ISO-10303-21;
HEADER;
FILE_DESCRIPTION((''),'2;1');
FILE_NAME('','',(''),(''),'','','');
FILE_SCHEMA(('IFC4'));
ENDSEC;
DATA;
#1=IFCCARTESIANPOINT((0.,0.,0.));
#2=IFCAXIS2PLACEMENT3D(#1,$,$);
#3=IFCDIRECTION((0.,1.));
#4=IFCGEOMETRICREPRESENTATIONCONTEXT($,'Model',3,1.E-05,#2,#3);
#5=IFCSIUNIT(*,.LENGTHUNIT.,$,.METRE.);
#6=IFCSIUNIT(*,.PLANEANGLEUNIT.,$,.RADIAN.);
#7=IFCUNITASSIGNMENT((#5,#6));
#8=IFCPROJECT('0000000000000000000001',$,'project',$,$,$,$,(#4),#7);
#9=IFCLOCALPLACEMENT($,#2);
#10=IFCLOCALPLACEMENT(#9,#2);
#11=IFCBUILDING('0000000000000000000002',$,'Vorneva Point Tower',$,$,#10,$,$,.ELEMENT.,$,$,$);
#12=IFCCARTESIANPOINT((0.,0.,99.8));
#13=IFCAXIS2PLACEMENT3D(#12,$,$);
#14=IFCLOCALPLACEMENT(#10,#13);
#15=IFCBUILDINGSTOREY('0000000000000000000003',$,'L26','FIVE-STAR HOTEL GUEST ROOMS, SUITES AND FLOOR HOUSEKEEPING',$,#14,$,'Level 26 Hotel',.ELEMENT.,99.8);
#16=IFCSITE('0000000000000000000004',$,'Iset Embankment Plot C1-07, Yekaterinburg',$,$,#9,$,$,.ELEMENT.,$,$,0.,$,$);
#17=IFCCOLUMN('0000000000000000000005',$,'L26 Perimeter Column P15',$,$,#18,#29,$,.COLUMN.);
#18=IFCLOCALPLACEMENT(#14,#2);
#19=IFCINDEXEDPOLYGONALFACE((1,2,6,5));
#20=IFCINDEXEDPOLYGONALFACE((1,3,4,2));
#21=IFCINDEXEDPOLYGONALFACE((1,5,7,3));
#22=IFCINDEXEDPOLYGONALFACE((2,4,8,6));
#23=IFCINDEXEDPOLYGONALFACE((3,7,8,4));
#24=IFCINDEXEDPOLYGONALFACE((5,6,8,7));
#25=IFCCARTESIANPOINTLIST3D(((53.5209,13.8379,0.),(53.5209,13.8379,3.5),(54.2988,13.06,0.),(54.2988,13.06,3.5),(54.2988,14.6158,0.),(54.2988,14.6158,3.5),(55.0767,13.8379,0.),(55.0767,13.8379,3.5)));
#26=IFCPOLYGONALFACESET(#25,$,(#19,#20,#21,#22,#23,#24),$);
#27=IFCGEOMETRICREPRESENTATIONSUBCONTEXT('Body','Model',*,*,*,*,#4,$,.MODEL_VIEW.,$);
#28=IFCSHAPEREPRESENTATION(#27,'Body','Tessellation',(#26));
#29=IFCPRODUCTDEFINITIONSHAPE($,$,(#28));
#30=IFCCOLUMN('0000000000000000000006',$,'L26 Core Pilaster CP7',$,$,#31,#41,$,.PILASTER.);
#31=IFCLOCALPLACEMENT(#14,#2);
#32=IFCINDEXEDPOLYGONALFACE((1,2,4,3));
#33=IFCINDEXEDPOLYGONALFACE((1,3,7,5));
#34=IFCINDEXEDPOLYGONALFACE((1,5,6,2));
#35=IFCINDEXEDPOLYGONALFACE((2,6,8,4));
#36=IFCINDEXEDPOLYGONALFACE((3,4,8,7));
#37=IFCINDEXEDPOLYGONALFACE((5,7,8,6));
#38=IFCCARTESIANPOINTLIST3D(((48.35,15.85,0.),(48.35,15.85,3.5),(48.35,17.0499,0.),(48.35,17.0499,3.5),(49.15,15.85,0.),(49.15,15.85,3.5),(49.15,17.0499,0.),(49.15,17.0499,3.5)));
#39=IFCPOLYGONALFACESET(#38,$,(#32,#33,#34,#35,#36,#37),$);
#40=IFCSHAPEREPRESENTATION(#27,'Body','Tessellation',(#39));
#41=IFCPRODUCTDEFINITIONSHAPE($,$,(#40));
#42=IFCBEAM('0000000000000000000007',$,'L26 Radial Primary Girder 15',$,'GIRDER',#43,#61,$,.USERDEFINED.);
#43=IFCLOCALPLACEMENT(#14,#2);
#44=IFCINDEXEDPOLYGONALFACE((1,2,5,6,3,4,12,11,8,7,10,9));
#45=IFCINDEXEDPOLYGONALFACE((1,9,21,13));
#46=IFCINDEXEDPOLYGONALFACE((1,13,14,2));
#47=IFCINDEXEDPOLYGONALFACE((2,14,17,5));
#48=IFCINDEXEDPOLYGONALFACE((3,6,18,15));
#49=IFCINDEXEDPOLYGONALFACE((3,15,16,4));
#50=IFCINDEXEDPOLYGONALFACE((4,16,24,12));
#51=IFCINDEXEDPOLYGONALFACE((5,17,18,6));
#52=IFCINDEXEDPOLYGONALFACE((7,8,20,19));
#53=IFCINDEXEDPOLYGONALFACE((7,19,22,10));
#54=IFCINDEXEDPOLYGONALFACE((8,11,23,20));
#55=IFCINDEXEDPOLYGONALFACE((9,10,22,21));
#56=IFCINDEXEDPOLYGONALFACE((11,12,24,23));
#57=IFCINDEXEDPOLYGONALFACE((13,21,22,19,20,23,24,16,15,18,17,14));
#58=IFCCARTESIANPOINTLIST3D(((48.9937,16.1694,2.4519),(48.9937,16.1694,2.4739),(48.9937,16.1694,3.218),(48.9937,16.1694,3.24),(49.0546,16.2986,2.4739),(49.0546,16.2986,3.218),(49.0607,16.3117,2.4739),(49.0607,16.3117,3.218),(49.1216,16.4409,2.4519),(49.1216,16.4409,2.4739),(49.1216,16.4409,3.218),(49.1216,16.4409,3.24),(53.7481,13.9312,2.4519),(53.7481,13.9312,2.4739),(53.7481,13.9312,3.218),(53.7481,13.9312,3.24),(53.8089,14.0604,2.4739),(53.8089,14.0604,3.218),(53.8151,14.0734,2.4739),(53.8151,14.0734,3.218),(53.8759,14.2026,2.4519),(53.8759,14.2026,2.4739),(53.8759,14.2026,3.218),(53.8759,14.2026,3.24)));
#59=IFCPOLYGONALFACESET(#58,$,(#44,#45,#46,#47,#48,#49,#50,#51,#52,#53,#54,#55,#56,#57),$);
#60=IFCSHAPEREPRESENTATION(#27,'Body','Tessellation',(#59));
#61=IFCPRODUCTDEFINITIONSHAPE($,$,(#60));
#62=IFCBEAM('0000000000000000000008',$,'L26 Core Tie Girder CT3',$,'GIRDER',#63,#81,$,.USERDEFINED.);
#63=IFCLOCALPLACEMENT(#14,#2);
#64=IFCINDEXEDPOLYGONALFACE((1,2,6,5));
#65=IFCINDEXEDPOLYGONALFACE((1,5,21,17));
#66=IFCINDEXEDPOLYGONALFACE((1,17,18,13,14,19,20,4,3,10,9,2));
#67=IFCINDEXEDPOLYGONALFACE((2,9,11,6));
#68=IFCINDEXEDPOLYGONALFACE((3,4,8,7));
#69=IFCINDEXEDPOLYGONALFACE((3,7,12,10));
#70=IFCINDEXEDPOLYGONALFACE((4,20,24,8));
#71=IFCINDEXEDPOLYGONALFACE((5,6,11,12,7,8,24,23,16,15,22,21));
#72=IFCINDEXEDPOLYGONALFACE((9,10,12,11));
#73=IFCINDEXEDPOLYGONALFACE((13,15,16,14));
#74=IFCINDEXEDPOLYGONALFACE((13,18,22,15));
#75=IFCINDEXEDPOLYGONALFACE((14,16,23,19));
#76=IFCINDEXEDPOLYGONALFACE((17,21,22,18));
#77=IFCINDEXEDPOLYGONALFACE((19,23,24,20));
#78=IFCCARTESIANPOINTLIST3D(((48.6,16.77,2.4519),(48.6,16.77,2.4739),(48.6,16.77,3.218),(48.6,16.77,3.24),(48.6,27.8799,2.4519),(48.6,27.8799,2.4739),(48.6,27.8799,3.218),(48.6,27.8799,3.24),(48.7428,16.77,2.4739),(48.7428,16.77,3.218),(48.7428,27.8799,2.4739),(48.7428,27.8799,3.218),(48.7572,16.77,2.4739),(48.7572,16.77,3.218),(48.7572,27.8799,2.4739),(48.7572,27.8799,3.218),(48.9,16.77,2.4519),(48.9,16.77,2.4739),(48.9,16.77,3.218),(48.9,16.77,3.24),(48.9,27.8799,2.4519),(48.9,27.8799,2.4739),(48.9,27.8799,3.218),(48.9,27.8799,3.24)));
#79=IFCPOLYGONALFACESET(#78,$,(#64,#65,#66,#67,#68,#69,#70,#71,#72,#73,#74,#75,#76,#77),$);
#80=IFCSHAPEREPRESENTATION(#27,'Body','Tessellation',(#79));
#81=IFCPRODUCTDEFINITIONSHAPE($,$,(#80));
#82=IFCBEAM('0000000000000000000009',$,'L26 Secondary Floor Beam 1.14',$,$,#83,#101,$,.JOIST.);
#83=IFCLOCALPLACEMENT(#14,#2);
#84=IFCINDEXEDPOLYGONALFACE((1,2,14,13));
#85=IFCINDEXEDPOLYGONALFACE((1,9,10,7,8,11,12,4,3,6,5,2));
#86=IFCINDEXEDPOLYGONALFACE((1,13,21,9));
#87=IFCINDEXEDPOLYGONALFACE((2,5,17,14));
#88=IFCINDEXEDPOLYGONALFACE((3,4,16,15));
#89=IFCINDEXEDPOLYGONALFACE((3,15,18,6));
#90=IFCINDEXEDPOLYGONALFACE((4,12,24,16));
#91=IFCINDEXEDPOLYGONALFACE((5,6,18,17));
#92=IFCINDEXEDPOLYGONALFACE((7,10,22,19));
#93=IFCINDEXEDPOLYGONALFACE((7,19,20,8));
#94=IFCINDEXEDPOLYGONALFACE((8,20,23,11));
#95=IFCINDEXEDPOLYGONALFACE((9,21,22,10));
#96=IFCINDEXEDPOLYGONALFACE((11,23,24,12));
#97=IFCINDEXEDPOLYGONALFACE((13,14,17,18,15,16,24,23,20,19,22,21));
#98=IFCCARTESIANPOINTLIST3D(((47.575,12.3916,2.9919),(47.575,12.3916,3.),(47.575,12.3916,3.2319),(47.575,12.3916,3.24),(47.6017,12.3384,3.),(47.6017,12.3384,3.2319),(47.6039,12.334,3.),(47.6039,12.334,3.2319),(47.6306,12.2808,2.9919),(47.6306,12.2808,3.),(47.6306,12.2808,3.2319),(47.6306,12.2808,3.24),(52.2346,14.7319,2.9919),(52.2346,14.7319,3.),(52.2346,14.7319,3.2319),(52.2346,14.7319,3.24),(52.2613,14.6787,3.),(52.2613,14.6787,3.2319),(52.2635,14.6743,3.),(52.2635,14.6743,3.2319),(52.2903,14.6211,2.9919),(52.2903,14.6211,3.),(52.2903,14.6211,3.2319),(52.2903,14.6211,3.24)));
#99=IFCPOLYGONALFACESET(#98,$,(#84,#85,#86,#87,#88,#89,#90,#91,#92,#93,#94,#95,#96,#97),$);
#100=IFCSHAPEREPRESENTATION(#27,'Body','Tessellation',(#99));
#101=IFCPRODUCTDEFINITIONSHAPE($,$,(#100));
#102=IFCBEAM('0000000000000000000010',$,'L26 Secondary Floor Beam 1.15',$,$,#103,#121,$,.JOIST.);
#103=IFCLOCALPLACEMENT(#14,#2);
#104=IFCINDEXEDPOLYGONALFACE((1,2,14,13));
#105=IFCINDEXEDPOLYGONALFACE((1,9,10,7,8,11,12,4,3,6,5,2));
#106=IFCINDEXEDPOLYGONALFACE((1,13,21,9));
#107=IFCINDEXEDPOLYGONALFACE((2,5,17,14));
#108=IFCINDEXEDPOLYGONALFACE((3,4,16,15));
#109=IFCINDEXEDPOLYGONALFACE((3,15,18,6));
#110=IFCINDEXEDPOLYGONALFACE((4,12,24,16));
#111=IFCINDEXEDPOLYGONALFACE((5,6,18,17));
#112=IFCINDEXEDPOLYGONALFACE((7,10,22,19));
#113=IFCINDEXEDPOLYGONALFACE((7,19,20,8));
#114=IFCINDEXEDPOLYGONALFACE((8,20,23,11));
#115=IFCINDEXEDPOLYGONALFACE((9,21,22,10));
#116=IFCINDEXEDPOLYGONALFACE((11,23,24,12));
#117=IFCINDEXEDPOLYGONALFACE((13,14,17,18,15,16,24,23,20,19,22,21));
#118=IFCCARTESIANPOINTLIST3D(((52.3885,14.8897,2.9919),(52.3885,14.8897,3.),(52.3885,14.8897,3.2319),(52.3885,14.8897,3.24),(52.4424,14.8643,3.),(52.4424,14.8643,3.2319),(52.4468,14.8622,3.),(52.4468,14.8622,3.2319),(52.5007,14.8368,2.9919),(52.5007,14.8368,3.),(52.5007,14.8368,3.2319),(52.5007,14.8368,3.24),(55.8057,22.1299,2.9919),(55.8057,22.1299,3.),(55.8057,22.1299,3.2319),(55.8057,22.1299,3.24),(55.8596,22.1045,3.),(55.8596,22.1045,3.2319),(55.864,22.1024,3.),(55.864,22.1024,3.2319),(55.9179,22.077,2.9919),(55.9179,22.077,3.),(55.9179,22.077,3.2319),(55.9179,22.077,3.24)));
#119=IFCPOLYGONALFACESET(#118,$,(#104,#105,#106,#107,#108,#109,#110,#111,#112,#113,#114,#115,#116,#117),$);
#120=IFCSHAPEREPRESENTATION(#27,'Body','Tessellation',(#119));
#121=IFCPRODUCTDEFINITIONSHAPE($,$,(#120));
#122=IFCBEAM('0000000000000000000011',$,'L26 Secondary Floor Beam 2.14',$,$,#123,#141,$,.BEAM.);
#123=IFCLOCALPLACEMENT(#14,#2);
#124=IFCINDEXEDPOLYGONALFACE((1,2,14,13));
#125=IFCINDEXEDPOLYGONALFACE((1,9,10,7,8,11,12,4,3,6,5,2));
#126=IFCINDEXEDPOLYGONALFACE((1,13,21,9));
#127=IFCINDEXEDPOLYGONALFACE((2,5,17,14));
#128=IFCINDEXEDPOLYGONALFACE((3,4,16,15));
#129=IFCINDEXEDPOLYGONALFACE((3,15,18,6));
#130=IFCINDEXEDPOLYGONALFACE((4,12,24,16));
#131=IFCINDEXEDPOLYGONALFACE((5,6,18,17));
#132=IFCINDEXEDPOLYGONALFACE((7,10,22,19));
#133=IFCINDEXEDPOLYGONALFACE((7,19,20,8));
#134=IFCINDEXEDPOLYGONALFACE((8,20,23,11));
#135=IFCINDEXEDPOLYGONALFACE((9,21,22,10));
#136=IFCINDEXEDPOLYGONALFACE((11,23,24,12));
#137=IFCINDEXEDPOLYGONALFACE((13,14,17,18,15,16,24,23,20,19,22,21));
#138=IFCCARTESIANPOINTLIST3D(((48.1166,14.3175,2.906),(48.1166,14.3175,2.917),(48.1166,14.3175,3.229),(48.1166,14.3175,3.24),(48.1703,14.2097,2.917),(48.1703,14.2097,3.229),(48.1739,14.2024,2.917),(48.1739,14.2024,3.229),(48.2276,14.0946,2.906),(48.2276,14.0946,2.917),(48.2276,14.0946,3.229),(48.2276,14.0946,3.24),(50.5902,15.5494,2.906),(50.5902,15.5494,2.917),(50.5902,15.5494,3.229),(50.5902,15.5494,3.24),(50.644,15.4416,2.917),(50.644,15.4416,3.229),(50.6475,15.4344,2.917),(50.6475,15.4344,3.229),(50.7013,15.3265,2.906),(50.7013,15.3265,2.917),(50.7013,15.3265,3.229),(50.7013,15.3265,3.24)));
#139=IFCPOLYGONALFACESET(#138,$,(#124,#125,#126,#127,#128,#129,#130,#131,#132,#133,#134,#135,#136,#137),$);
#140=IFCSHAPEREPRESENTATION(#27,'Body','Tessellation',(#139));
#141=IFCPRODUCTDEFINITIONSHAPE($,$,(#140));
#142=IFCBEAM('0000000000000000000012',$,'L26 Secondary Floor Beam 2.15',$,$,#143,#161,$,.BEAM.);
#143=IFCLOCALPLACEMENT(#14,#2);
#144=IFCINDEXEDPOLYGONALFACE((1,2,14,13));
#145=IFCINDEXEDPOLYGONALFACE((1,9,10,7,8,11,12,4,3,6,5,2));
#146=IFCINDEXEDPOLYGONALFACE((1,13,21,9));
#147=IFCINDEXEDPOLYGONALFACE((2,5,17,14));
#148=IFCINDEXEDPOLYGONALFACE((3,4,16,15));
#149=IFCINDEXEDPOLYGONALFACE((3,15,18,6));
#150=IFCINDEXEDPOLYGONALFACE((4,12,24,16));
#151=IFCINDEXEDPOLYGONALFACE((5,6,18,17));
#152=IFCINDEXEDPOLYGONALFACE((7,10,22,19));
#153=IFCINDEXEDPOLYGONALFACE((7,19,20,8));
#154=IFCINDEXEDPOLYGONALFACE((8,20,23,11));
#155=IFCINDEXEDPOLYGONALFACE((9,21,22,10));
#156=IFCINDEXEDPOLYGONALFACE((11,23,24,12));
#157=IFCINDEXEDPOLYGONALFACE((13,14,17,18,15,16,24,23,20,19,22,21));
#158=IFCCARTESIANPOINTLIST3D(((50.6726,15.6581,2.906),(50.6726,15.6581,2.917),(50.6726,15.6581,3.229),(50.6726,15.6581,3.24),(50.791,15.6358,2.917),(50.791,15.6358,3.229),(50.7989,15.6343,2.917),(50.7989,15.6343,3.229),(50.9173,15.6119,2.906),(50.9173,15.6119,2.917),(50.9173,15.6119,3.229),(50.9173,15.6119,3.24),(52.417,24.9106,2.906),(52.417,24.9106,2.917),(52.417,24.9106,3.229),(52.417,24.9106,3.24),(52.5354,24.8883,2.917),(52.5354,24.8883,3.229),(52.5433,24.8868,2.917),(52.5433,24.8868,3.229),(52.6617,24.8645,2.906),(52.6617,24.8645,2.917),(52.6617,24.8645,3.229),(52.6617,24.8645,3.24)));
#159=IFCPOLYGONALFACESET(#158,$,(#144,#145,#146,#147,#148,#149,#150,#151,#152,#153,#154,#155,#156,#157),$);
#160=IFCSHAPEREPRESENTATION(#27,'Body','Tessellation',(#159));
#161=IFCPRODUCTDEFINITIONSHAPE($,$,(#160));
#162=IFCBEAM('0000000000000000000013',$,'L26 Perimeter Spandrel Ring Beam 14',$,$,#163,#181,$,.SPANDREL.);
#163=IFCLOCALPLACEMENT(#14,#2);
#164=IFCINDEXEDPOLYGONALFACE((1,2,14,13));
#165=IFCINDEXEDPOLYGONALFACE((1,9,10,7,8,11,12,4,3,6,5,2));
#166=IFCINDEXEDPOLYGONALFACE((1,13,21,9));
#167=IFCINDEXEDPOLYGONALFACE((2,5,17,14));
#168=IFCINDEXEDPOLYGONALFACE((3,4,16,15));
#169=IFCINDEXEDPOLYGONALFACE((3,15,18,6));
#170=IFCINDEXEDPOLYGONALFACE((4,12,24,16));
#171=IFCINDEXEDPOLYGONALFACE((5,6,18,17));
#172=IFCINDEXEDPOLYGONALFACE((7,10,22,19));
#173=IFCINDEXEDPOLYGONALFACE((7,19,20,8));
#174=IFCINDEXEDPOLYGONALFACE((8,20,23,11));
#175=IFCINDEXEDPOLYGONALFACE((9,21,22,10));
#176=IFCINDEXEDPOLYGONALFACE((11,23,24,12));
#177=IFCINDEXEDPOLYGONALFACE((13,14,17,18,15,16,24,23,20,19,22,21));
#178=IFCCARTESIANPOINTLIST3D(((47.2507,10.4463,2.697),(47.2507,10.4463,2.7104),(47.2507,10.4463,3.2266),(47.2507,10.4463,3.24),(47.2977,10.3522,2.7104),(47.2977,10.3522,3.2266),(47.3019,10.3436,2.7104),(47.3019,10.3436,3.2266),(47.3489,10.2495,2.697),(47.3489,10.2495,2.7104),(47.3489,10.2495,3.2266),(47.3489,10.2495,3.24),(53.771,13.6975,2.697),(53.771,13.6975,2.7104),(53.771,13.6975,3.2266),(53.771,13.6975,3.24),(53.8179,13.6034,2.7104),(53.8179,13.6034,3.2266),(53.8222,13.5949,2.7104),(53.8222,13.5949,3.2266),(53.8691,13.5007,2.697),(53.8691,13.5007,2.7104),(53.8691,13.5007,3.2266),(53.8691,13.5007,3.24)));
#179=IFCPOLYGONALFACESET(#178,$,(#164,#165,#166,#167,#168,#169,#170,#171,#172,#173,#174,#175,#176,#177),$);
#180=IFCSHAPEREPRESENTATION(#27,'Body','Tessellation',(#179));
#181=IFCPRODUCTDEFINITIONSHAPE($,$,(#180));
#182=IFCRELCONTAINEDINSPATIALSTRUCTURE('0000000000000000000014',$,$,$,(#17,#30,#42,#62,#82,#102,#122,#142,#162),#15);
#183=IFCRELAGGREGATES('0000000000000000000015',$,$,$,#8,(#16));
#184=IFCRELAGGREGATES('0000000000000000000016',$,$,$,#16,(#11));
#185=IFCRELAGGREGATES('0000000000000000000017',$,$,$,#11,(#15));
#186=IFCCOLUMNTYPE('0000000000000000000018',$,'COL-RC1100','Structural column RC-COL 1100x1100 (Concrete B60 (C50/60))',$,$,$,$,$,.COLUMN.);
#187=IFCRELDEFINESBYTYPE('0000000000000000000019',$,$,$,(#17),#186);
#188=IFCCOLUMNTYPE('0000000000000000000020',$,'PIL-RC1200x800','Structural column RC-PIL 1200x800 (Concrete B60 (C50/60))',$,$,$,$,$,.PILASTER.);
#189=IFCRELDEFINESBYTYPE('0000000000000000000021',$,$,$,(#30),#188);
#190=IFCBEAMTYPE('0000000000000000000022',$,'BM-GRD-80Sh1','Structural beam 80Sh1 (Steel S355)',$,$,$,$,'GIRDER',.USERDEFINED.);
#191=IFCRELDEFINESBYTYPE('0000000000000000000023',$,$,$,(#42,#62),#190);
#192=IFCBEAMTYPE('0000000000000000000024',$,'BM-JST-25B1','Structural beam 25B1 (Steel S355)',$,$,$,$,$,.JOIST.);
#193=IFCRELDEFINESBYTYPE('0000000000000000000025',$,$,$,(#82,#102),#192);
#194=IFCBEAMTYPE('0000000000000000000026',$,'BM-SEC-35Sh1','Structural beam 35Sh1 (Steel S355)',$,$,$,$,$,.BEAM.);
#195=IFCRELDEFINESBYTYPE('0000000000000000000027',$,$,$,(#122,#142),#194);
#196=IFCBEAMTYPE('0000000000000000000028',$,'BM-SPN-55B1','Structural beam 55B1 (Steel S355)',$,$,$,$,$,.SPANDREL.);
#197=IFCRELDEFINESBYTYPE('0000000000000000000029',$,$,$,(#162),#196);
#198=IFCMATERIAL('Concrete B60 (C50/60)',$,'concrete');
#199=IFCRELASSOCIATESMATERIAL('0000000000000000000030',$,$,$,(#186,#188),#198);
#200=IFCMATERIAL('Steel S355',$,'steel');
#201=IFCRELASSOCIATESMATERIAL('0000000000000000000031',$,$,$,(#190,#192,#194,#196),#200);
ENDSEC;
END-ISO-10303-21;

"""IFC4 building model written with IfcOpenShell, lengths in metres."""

from ifc_helpers import new_model, si_unit, direction, frame, origin, origin_2d, place, context, subcontext, project, spatial, rectangle, i_section, extrude, material, material_profile, profile_set, type_object, element, save


model = new_model("IFC4")

# Units and contexts
model_context = context("Model", 3, precision=1e-05, world=origin(), true_north=direction((0.0, 1.0)))
body_context = subcontext(model_context, "Body", "Model", "MODEL_VIEW")
ifc_project = project(units=[si_unit("LENGTHUNIT", "METRE"), si_unit("PLANEANGLEUNIT", "RADIAN")], contexts=[model_context])

# Site, building, storey
site_placement = place(None, origin())
site = spatial("IfcSite", under=ifc_project, at=site_placement, Name="Iset Embankment Plot C1-07, Yekaterinburg", CompositionType="ELEMENT", RefElevation=0.0)
building_placement = place(site_placement, origin())
building = spatial("IfcBuilding", under=site, at=building_placement, Name="Vorneva Point Tower", CompositionType="ELEMENT")
storey_placement = place(building_placement, frame((0.0, 0.0, 99.8)))
storey = spatial("IfcBuildingStorey", under=building, at=storey_placement, Name="L26", Description="FIVE-STAR HOTEL GUEST ROOMS, SUITES AND FLOOR HOUSEKEEPING", LongName="Level 26 Hotel", CompositionType="ELEMENT", Elevation=99.8)

# Columns
ifc_material_1 = material(Name="Concrete B60 (C50/60)", Category="concrete")
ifc_material_profile_1 = material_profile(ifc_material_1, rectangle(XDim=1.1001, YDim=1.1001, at=origin_2d()), Name="RC-COL 1100x1100")
ifc_profile_set_1 = profile_set([ifc_material_profile_1], Name="Concrete B60 (C50/60)")
column_type_1 = type_object("IfcColumnType", Name="COL-RC1100", Description="Structural column RC-COL 1100x1100 (Concrete B60 (C50/60))", PredefinedType="COLUMN", material=ifc_profile_set_1)
column_1_placement = place(storey_placement, frame((54.2988, 13.8379, 0.0), z_axis=(0.0, 0.0, 1.0), x_axis=(0.707107, -0.707107, 0.0)))
element("IfcColumn", 1, at=column_1_placement, inside=storey, type_object=column_type_1, Name="L26 Perimeter Column P15", PredefinedType="COLUMN", context=body_context, shape_type="SweptSolid", body=[
    extrude(rectangle(XDim=1.1001, YDim=1.1001, at=origin_2d()), origin(), (0.0, 0.0, 1.0), 3.5),
])
ifc_material_profile_2 = material_profile(ifc_material_1, rectangle(XDim=0.8, YDim=1.2, at=origin_2d()), Name="RC-PIL 1200x800")
ifc_profile_set_2 = profile_set([ifc_material_profile_2], Name="Concrete B60 (C50/60)")
column_type_2 = type_object("IfcColumnType", Name="PIL-RC1200x800", Description="Structural column RC-PIL 1200x800 (Concrete B60 (C50/60))", PredefinedType="PILASTER", material=ifc_profile_set_2)
column_2_placement = place(storey_placement, frame((48.75, 16.45, 0.0), z_axis=(0.0, 0.0, 1.0), x_axis=(1.0, 0.0, 0.0)))
element("IfcColumn", 2, at=column_2_placement, inside=storey, type_object=column_type_2, Name="L26 Core Pilaster CP7", PredefinedType="PILASTER", context=body_context, shape_type="SweptSolid", body=[
    extrude(rectangle(XDim=0.8, YDim=1.2, at=origin_2d()), origin(), (0.0, 0.0, 1.0), 3.5),
])

# Beams
ifc_material_2 = material(Name="Steel S355", Category="steel")
ifc_material_profile_3 = material_profile(ifc_material_2, i_section(OverallWidth=0.3, OverallDepth=0.7881, WebThickness=0.0144, FlangeThickness=0.022, at=origin_2d()), Name="80Sh1")
ifc_profile_set_3 = profile_set([ifc_material_profile_3], Name="Steel S355")
beam_type_1 = type_object("IfcBeamType", Name="BM-GRD-80Sh1", Description="Structural beam 80Sh1 (Steel S355)", ElementType="GIRDER", PredefinedType="USERDEFINED", material=ifc_profile_set_3)
beam_1_placement = place(storey_placement, frame((53.812, 14.0669, 2.8459), z_axis=(-0.904751, 0.42594, 0.0), x_axis=(-0.42594, -0.904751, 0.0)))
element("IfcBeam", 3, at=beam_1_placement, inside=storey, type_object=beam_type_1, Name="L26 Radial Primary Girder 15", ObjectType="GIRDER", PredefinedType="USERDEFINED", context=body_context, shape_type="SweptSolid", body=[
    extrude(i_section(OverallWidth=0.3, OverallDepth=0.7881, WebThickness=0.0144, FlangeThickness=0.022, at=origin_2d()), origin(), (0.0, 0.0, 1.0), 5.2549),
])
beam_2_placement = place(storey_placement, frame((48.75, 16.77, 2.8459), z_axis=(0.0, 1.0, 0.0), x_axis=(-1.0, 0.0, 0.0)))
element("IfcBeam", 4, at=beam_2_placement, inside=storey, type_object=beam_type_1, Name="L26 Core Tie Girder CT3", ObjectType="GIRDER", PredefinedType="USERDEFINED", context=body_context, shape_type="SweptSolid", body=[
    extrude(i_section(OverallWidth=0.3, OverallDepth=0.7881, WebThickness=0.0144, FlangeThickness=0.022, at=origin_2d()), origin(), (0.0, 0.0, 1.0), 11.1099),
])
ifc_material_profile_4 = material_profile(ifc_material_2, i_section(OverallWidth=0.124, OverallDepth=0.248, WebThickness=0.0049, FlangeThickness=0.0081, at=origin_2d()), Name="25B1")
ifc_profile_set_4 = profile_set([ifc_material_profile_4], Name="Steel S355")
beam_type_2 = type_object("IfcBeamType", Name="BM-JST-25B1", Description="Structural beam 25B1 (Steel S355)", PredefinedType="JOIST", material=ifc_profile_set_4)
beam_3_placement = place(storey_placement, frame((47.6028, 12.3362, 3.116), z_axis=(0.89362, 0.448824, 0.0), x_axis=(-0.448824, 0.89362, 0.0)))
element("IfcBeam", 5, at=beam_3_placement, inside=storey, type_object=beam_type_2, Name="L26 Secondary Floor Beam 1.14", PredefinedType="JOIST", context=body_context, shape_type="SweptSolid", body=[
    extrude(i_section(OverallWidth=0.124, OverallDepth=0.248, WebThickness=0.0049, FlangeThickness=0.0081, at=origin_2d()), origin(), (0.0, 0.0, 1.0), 5.2144),
])
beam_4_placement = place(storey_placement, frame((52.4446, 14.8633, 3.116), z_axis=(0.426826, 0.904334, 0.0), x_axis=(-0.904334, 0.426826, 0.0)))
element("IfcBeam", 6, at=beam_4_placement, inside=storey, type_object=beam_type_2, Name="L26 Secondary Floor Beam 1.15", PredefinedType="JOIST", context=body_context, shape_type="SweptSolid", body=[
    extrude(i_section(OverallWidth=0.124, OverallDepth=0.248, WebThickness=0.0049, FlangeThickness=0.0081, at=origin_2d()), origin(), (0.0, 0.0, 1.0), 8.0061),
])
ifc_material_profile_5 = material_profile(ifc_material_2, i_section(OverallWidth=0.249, OverallDepth=0.334, WebThickness=0.0081, FlangeThickness=0.011, at=origin_2d()), Name="35Sh1")
ifc_profile_set_5 = profile_set([ifc_material_profile_5], Name="Steel S355")
beam_type_3 = type_object("IfcBeamType", Name="BM-SEC-35Sh1", Description="Structural beam 35Sh1 (Steel S355)", PredefinedType="BEAM", material=ifc_profile_set_5)
beam_5_placement = place(storey_placement, frame((48.1721, 14.2061, 3.073), z_axis=(0.895133, 0.445799, 0.0), x_axis=(-0.445799, 0.895133, 0.0)))
element("IfcBeam", 7, at=beam_5_placement, inside=storey, type_object=beam_type_3, Name="L26 Secondary Floor Beam 2.14", PredefinedType="BEAM", context=body_context, shape_type="SweptSolid", body=[
    extrude(i_section(OverallWidth=0.249, OverallDepth=0.334, WebThickness=0.0081, FlangeThickness=0.011, at=origin_2d()), origin(), (0.0, 0.0, 1.0), 2.7634),
])
beam_6_placement = place(storey_placement, frame((50.7949, 15.635, 3.073), z_axis=(0.185268, 0.982688, 0.0), x_axis=(-0.982688, 0.185268, 0.0)))
element("IfcBeam", 8, at=beam_6_placement, inside=storey, type_object=beam_type_3, Name="L26 Secondary Floor Beam 2.15", PredefinedType="BEAM", context=body_context, shape_type="SweptSolid", body=[
    extrude(i_section(OverallWidth=0.249, OverallDepth=0.334, WebThickness=0.0081, FlangeThickness=0.011, at=origin_2d()), origin(), (0.0, 0.0, 1.0), 9.4155),
])
ifc_material_profile_6 = material_profile(ifc_material_2, i_section(OverallWidth=0.22, OverallDepth=0.543, WebThickness=0.0095, FlangeThickness=0.0134, at=origin_2d()), Name="55B1")
ifc_profile_set_6 = profile_set([ifc_material_profile_6], Name="Steel S355")
beam_type_4 = type_object("IfcBeamType", Name="BM-SPN-55B1", Description="Structural beam 55B1 (Steel S355)", PredefinedType="SPANDREL", material=ifc_profile_set_6)
beam_7_placement = place(storey_placement, frame((47.2998, 10.3479, 2.9685), z_axis=(0.894916, 0.446235, 0.0), x_axis=(-0.446235, 0.894916, 0.0)))
element("IfcBeam", 9, at=beam_7_placement, inside=storey, type_object=beam_type_4, Name="L26 Perimeter Spandrel Ring Beam 14", PredefinedType="SPANDREL", context=body_context, shape_type="SweptSolid", body=[
    extrude(i_section(OverallWidth=0.22, OverallDepth=0.543, WebThickness=0.0095, FlangeThickness=0.0134, at=origin_2d()), origin(), (0.0, 0.0, 1.0), 7.2859),
])

save(model, "model.ifc")
